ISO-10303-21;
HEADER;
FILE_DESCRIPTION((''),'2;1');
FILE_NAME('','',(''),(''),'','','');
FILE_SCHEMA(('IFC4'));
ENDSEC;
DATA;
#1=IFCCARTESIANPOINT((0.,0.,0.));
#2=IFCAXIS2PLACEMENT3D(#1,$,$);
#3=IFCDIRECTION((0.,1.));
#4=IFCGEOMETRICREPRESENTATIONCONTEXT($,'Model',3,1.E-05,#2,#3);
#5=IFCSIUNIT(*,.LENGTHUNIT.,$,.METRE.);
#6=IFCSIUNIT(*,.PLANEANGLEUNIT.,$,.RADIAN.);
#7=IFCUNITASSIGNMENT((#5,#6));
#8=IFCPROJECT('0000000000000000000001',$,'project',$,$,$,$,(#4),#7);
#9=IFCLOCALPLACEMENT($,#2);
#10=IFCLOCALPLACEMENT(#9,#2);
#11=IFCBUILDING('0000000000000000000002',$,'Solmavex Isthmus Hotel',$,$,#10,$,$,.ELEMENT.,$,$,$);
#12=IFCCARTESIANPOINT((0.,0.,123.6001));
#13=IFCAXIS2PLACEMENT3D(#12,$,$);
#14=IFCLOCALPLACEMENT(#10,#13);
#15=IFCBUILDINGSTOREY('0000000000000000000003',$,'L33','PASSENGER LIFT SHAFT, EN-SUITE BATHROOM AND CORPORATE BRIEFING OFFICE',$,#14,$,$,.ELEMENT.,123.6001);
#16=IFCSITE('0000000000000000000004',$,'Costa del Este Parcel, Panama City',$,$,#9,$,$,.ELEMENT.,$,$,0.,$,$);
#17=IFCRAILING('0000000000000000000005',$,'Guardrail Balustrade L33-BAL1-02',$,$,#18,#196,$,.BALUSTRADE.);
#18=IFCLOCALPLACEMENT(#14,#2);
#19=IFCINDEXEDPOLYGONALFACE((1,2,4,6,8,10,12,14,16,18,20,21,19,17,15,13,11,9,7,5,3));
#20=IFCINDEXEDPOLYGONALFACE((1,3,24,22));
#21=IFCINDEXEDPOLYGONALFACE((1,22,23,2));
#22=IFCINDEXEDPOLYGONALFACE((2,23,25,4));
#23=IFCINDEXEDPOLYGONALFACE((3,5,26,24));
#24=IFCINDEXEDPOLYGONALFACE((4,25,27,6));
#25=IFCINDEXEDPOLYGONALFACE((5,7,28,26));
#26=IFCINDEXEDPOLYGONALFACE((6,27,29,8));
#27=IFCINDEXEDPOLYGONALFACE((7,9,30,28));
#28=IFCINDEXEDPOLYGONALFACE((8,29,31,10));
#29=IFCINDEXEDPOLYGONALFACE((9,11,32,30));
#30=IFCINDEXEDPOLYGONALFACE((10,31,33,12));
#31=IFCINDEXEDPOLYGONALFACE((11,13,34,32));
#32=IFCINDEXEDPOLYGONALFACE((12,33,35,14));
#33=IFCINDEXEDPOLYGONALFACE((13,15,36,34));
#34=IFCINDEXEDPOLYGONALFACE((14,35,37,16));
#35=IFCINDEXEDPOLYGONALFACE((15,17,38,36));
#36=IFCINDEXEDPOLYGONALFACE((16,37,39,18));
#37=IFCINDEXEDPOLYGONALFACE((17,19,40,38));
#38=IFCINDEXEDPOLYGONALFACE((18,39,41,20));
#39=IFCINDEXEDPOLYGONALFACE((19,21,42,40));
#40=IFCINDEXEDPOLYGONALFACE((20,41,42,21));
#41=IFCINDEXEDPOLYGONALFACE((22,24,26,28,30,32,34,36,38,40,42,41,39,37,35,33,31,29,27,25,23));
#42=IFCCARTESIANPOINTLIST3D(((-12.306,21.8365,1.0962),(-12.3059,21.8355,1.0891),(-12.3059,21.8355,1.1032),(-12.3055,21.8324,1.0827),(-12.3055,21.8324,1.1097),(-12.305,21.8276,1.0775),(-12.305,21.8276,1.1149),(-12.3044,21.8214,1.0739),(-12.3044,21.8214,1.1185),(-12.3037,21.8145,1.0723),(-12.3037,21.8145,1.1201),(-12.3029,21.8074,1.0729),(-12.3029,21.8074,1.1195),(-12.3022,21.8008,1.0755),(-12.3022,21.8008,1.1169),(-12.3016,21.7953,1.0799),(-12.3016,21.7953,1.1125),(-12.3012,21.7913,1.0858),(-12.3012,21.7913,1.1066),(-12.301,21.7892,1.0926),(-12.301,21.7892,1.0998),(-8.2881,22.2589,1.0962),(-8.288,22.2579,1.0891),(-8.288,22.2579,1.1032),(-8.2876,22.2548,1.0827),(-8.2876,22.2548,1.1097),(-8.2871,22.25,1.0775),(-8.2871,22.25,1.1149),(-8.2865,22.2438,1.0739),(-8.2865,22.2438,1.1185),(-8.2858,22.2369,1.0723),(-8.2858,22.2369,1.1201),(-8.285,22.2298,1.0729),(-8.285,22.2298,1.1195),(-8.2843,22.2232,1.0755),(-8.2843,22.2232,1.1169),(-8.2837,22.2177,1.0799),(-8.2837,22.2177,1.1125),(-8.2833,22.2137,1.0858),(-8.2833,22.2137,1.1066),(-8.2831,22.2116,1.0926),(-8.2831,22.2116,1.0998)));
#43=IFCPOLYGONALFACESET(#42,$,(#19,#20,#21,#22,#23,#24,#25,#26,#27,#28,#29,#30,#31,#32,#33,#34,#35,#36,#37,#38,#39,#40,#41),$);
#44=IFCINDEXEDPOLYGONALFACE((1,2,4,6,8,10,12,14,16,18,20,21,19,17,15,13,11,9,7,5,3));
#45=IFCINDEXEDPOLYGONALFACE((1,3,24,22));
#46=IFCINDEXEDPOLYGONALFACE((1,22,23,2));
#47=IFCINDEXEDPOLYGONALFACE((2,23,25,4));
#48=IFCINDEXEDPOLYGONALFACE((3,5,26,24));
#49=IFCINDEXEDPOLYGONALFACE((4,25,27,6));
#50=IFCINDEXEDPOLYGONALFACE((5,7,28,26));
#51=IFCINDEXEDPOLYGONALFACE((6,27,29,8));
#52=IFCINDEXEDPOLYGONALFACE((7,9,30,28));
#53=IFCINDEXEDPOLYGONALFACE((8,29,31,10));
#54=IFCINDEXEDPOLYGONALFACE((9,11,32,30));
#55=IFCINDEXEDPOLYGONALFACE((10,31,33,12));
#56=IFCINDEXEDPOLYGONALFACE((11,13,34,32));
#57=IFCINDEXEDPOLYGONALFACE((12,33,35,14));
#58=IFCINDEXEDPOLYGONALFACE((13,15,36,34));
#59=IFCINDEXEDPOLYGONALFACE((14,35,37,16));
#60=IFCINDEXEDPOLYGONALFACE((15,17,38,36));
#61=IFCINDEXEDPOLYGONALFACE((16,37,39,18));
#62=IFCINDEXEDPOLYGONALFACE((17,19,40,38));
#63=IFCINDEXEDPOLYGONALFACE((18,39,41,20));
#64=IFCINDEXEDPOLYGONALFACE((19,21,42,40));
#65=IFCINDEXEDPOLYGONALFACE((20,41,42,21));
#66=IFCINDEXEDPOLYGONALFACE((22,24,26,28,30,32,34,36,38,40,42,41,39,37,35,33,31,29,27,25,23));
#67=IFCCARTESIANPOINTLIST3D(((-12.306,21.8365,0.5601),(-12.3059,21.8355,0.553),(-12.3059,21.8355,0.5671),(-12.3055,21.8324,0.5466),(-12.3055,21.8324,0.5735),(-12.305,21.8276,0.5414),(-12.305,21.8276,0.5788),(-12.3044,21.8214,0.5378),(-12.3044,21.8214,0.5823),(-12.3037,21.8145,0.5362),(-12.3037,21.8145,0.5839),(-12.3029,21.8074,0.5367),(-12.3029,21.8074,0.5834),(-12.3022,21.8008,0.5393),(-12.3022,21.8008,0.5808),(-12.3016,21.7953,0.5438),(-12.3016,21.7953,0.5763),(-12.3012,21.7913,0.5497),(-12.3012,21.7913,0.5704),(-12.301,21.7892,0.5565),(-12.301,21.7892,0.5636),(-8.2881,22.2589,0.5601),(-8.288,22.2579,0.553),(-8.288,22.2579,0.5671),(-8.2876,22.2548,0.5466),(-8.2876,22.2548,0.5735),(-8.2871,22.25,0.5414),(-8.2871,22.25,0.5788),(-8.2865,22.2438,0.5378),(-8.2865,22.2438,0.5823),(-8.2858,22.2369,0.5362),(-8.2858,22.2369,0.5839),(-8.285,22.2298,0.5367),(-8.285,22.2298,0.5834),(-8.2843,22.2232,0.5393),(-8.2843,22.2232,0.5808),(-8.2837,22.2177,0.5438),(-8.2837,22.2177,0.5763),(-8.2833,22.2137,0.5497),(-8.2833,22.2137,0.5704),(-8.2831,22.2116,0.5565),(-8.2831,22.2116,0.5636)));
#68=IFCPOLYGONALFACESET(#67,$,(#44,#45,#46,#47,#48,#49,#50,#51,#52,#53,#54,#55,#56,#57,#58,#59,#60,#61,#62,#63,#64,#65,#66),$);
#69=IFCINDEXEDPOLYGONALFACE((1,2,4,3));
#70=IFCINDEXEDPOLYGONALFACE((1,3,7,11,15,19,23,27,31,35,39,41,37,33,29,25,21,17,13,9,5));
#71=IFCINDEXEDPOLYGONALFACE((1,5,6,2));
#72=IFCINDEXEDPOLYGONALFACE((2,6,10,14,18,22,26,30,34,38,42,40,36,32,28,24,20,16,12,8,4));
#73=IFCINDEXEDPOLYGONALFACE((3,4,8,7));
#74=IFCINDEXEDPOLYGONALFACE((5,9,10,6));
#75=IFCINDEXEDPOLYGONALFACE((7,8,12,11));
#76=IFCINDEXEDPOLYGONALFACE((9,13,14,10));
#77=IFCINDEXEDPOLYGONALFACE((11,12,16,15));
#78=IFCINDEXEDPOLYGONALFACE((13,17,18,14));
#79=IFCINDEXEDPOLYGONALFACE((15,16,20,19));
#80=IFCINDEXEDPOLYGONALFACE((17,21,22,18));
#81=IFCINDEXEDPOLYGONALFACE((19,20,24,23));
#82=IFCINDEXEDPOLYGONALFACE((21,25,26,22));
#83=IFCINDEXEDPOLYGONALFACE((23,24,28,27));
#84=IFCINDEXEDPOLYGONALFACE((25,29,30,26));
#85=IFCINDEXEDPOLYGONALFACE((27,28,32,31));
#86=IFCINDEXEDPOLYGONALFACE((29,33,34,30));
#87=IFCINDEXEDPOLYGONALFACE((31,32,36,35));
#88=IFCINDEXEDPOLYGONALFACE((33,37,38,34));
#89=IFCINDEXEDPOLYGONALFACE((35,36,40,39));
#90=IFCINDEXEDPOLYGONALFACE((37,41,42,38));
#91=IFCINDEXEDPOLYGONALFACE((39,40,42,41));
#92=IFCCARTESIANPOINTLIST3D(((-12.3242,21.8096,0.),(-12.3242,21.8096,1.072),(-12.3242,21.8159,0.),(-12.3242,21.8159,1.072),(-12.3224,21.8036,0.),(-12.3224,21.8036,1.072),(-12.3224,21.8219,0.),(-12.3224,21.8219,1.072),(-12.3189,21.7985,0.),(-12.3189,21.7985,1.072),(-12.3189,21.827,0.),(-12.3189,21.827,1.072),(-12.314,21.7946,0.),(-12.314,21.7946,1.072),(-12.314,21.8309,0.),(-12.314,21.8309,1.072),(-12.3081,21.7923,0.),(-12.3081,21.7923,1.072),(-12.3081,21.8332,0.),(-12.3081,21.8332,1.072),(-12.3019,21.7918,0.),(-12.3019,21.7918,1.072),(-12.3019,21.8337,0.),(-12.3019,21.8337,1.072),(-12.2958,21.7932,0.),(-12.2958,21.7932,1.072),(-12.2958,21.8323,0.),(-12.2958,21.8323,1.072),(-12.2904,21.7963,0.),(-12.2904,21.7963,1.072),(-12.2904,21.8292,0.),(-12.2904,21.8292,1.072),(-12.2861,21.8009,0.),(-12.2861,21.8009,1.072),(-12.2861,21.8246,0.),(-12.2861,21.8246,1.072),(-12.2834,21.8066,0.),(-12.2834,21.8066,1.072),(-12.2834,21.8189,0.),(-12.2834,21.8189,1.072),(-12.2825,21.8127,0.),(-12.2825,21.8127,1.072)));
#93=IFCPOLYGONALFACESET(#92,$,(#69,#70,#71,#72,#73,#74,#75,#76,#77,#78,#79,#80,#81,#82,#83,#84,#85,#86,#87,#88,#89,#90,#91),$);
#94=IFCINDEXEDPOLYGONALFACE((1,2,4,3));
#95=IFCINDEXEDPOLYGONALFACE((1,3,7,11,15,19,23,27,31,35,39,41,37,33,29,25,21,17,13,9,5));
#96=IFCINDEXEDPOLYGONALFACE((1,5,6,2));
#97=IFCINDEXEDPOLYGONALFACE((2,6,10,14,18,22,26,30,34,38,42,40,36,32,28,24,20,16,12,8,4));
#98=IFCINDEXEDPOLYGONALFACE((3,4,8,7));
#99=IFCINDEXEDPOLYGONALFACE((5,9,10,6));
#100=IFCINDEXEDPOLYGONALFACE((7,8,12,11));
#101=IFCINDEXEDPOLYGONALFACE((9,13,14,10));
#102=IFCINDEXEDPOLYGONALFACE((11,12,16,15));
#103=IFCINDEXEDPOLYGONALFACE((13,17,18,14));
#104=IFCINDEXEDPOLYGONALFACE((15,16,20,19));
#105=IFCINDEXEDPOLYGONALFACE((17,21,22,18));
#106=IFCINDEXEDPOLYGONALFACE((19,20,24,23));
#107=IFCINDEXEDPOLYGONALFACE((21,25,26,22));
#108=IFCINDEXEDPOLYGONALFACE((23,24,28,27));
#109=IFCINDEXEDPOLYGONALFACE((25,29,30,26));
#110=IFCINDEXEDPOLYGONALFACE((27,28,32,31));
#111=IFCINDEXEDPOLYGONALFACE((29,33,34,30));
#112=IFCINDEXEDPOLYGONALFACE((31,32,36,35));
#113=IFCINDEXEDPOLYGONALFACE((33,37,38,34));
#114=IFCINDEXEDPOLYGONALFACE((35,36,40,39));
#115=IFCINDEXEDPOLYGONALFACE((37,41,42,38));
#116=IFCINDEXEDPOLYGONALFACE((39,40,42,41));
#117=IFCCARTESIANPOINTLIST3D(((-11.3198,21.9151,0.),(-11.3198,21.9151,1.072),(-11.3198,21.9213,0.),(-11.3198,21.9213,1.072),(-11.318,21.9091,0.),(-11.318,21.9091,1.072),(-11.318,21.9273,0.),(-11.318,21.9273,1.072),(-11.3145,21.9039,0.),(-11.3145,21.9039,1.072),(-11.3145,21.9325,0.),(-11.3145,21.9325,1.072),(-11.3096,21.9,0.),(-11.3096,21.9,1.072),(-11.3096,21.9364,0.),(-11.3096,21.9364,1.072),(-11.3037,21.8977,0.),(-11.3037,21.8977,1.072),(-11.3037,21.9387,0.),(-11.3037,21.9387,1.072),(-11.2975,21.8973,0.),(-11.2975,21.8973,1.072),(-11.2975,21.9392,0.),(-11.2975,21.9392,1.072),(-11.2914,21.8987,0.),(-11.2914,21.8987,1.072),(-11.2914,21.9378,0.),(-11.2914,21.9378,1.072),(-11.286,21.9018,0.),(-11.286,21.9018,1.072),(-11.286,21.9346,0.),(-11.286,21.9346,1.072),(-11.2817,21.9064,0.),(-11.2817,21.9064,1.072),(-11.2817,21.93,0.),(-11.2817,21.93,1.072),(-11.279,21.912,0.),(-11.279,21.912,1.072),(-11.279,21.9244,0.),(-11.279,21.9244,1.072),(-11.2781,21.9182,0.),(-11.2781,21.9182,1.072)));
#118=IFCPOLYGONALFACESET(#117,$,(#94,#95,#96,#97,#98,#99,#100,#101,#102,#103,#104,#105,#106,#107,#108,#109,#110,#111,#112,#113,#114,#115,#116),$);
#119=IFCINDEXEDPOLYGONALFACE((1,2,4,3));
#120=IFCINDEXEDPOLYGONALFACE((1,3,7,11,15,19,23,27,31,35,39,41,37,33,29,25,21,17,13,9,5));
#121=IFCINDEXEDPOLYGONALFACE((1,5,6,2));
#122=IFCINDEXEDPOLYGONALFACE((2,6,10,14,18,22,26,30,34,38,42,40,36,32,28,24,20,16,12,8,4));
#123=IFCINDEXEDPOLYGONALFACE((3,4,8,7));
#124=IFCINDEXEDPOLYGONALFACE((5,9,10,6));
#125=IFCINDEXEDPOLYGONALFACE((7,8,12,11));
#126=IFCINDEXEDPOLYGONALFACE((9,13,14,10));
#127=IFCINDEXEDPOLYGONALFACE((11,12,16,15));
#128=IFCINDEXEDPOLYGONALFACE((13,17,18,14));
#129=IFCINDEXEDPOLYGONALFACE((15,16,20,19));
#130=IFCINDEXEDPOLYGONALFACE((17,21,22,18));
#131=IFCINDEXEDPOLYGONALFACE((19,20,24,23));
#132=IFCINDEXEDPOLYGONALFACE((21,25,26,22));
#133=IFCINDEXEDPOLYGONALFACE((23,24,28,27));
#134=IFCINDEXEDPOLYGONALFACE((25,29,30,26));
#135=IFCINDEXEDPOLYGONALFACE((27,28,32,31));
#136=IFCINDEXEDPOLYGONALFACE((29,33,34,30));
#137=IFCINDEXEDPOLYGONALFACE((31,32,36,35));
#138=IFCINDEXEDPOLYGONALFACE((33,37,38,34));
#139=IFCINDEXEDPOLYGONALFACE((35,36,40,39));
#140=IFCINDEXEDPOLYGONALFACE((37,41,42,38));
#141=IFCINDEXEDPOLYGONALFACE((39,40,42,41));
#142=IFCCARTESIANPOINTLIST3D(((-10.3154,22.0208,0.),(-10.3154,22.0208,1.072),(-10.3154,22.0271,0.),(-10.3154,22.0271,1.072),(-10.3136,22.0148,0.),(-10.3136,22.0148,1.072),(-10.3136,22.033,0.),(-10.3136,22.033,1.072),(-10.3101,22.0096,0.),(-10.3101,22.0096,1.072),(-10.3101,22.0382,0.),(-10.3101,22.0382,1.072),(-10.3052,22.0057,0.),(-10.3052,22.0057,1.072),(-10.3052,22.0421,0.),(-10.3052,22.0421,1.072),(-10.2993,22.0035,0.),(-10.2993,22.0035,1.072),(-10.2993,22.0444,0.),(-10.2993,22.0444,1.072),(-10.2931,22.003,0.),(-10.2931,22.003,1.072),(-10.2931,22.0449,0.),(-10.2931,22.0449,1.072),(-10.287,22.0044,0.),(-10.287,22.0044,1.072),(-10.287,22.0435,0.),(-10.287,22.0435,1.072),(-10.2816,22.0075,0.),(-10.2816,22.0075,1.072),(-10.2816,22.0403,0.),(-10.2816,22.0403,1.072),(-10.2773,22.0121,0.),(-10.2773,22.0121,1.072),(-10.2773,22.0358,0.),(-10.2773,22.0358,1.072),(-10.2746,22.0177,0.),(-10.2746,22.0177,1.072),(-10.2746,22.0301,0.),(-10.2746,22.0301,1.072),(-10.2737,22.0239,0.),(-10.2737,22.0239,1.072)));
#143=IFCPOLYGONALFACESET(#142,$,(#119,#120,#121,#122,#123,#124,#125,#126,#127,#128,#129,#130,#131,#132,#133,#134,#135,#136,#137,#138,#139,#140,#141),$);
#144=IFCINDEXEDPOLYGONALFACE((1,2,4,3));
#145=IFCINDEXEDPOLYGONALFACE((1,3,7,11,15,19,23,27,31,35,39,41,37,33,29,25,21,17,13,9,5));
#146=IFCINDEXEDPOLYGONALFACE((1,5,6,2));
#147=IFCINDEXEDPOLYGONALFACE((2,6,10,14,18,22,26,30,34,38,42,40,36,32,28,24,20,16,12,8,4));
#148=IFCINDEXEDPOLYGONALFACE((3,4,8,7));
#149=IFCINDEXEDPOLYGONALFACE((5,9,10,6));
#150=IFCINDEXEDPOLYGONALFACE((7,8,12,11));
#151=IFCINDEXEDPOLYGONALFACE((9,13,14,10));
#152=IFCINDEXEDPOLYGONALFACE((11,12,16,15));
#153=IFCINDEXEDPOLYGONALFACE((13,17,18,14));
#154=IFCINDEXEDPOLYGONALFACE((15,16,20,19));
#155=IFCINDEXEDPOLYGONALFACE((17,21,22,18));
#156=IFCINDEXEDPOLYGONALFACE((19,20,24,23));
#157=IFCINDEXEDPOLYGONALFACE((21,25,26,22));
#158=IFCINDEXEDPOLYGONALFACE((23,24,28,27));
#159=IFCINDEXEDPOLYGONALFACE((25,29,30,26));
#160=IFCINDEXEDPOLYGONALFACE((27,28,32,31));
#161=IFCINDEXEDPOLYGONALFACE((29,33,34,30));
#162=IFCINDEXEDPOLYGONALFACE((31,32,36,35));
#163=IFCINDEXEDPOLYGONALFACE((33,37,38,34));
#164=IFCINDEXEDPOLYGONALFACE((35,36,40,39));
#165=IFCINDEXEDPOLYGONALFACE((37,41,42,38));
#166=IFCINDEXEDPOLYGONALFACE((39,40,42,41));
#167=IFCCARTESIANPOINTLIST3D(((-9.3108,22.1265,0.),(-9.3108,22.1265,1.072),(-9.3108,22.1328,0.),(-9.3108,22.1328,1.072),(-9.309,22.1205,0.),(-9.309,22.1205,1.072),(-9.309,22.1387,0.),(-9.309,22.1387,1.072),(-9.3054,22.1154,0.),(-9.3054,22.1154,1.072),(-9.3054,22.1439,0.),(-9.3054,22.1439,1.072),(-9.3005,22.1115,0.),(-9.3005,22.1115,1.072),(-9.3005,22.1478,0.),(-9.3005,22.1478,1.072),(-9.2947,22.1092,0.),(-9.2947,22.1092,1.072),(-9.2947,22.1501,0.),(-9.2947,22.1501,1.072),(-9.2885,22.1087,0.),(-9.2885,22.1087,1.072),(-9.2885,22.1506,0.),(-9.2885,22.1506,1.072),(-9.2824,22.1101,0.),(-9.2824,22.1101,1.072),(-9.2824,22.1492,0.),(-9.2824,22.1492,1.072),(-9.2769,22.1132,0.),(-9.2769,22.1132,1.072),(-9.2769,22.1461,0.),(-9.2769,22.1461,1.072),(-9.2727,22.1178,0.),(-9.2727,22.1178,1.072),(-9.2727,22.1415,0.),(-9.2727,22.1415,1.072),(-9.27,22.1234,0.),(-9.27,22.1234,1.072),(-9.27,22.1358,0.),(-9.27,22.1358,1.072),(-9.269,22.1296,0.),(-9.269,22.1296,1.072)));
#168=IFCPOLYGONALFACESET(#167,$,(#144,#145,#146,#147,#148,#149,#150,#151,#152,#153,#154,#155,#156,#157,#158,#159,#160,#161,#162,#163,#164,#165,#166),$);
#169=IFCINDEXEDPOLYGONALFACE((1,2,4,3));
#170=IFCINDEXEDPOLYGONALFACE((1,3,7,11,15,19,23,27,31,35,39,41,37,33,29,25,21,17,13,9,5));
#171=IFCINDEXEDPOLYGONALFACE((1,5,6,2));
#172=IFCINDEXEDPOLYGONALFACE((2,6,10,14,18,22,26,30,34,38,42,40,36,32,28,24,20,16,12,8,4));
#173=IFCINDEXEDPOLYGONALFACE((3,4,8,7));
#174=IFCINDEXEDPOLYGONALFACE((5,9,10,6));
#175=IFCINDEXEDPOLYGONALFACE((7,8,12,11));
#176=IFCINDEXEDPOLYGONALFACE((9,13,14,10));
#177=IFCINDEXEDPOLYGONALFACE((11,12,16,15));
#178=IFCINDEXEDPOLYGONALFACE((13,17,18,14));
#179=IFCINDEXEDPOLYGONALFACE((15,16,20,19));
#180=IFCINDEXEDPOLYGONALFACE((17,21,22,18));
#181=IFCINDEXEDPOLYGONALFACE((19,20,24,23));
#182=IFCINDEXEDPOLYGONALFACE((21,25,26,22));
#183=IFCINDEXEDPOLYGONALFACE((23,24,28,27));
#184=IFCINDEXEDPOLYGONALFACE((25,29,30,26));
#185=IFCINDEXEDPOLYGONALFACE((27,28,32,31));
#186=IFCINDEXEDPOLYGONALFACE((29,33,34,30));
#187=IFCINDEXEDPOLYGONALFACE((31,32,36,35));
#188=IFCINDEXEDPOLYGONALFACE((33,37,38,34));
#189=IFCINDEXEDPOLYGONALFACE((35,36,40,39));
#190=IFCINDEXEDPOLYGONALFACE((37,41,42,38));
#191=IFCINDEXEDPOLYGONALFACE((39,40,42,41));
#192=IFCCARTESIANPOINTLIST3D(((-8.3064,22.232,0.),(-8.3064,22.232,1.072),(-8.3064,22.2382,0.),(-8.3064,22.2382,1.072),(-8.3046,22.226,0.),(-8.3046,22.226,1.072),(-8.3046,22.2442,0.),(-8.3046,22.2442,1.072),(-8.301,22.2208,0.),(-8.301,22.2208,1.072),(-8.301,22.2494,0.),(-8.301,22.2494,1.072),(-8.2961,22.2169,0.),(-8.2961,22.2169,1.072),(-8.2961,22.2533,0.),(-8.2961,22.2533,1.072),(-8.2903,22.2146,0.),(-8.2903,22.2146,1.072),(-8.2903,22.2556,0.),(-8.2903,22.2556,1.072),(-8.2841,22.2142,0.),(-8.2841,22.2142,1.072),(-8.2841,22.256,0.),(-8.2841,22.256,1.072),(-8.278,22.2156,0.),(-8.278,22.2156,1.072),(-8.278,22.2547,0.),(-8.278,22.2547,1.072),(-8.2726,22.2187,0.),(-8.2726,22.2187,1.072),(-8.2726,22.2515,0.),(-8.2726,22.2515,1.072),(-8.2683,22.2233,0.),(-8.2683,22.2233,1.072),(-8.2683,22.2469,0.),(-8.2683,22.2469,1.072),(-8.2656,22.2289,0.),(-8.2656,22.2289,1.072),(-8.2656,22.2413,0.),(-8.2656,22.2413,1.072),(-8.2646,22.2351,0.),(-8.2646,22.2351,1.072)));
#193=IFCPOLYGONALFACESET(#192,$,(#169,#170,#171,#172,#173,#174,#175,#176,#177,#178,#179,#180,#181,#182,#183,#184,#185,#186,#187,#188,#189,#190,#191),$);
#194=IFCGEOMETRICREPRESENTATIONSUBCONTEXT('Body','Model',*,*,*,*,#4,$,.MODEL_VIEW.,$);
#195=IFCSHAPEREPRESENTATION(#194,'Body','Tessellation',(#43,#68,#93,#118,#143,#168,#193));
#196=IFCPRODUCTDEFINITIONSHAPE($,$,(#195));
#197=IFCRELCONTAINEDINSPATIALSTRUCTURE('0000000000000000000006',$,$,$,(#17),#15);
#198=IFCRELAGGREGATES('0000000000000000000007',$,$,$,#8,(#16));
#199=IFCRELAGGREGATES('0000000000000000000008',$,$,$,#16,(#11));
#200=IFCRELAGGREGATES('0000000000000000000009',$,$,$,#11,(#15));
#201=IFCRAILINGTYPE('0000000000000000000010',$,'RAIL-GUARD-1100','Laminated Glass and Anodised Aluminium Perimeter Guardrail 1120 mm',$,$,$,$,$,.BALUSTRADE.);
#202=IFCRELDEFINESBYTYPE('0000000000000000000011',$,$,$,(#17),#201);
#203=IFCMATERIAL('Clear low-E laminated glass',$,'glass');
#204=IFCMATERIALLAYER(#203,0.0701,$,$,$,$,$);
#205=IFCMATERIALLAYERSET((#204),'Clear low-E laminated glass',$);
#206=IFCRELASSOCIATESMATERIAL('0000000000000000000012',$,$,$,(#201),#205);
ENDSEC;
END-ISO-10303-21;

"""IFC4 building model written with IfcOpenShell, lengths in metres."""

from ifc_helpers import new_model, si_unit, direction, frame, origin, origin_2d, place, context, subcontext, project, spatial, circle, extrude, material, layer, layer_set, type_object, element, save


model = new_model("IFC4")

# Units and contexts
model_context = context("Model", 3, precision=1e-05, world=origin(), true_north=direction((0.0, 1.0)))
body_context = subcontext(model_context, "Body", "Model", "MODEL_VIEW")
ifc_project = project(units=[si_unit("LENGTHUNIT", "METRE"), si_unit("PLANEANGLEUNIT", "RADIAN")], contexts=[model_context])

# Site, building, storey
site_placement = place(None, origin())
site = spatial("IfcSite", under=ifc_project, at=site_placement, Name="Costa del Este Parcel, Panama City", CompositionType="ELEMENT", RefElevation=0.0)
building_placement = place(site_placement, origin())
building = spatial("IfcBuilding", under=site, at=building_placement, Name="Solmavex Isthmus Hotel", CompositionType="ELEMENT")
storey_placement = place(building_placement, frame((0.0, 0.0, 123.6001)))
storey = spatial("IfcBuildingStorey", under=building, at=storey_placement, Name="L33", Description="PASSENGER LIFT SHAFT, EN-SUITE BATHROOM AND CORPORATE BRIEFING OFFICE", CompositionType="ELEMENT", Elevation=123.6001)

# Shared definitions
ifc_material_1 = material(Name="Clear low-E laminated glass", Category="glass")

# Railing
ifc_layer_1 = layer(ifc_material_1, 0.0701)
ifc_layer_set_1 = layer_set([ifc_layer_1], Name="Clear low-E laminated glass")
railing_type = type_object("IfcRailingType", Name="RAIL-GUARD-1100", Description="Laminated Glass and Anodised Aluminium Perimeter Guardrail 1120 mm", PredefinedType="BALUSTRADE", material=ifc_layer_set_1)
railing_1_placement = place(storey_placement, frame((-12.3035, 21.8127, 0.0)))
element("IfcRailing", 1, at=railing_1_placement, inside=storey, type_object=railing_type, Name="Guardrail Balustrade L33-BAL1-02", PredefinedType="BALUSTRADE", context=body_context, shape_type="SweptSolid", body=[
    extrude(circle(Radius=0.0239, at=origin_2d()), frame((0.0, 0.0, 1.0962), z_axis=(0.99452, 0.104546, 0.0), x_axis=(-0.104546, 0.99452, 0.0)), (0.0, 0.0, 1.0), 4.04),
    extrude(circle(Radius=0.0239, at=origin_2d()), frame((0.0, 0.0, 0.5601), z_axis=(0.99452, 0.104546, 0.0), x_axis=(-0.104546, 0.99452, 0.0)), (0.0, 0.0, 1.0), 4.04),
    extrude(circle(Radius=0.021, at=origin_2d()), origin(), (0.0, 0.0, 1.0), 1.072),
    extrude(circle(Radius=0.021, at=origin_2d()), frame((1.0044, 0.1055, 0.0)), (0.0, 0.0, 1.0), 1.072),
    extrude(circle(Radius=0.021, at=origin_2d()), frame((2.0088, 0.2112, 0.0)), (0.0, 0.0, 1.0), 1.072),
    extrude(circle(Radius=0.021, at=origin_2d()), frame((3.0134, 0.3169, 0.0)), (0.0, 0.0, 1.0), 1.072),
    extrude(circle(Radius=0.021, at=origin_2d()), frame((4.0178, 0.4224, 0.0)), (0.0, 0.0, 1.0), 1.072),
])

save(model, "model.ifc")
